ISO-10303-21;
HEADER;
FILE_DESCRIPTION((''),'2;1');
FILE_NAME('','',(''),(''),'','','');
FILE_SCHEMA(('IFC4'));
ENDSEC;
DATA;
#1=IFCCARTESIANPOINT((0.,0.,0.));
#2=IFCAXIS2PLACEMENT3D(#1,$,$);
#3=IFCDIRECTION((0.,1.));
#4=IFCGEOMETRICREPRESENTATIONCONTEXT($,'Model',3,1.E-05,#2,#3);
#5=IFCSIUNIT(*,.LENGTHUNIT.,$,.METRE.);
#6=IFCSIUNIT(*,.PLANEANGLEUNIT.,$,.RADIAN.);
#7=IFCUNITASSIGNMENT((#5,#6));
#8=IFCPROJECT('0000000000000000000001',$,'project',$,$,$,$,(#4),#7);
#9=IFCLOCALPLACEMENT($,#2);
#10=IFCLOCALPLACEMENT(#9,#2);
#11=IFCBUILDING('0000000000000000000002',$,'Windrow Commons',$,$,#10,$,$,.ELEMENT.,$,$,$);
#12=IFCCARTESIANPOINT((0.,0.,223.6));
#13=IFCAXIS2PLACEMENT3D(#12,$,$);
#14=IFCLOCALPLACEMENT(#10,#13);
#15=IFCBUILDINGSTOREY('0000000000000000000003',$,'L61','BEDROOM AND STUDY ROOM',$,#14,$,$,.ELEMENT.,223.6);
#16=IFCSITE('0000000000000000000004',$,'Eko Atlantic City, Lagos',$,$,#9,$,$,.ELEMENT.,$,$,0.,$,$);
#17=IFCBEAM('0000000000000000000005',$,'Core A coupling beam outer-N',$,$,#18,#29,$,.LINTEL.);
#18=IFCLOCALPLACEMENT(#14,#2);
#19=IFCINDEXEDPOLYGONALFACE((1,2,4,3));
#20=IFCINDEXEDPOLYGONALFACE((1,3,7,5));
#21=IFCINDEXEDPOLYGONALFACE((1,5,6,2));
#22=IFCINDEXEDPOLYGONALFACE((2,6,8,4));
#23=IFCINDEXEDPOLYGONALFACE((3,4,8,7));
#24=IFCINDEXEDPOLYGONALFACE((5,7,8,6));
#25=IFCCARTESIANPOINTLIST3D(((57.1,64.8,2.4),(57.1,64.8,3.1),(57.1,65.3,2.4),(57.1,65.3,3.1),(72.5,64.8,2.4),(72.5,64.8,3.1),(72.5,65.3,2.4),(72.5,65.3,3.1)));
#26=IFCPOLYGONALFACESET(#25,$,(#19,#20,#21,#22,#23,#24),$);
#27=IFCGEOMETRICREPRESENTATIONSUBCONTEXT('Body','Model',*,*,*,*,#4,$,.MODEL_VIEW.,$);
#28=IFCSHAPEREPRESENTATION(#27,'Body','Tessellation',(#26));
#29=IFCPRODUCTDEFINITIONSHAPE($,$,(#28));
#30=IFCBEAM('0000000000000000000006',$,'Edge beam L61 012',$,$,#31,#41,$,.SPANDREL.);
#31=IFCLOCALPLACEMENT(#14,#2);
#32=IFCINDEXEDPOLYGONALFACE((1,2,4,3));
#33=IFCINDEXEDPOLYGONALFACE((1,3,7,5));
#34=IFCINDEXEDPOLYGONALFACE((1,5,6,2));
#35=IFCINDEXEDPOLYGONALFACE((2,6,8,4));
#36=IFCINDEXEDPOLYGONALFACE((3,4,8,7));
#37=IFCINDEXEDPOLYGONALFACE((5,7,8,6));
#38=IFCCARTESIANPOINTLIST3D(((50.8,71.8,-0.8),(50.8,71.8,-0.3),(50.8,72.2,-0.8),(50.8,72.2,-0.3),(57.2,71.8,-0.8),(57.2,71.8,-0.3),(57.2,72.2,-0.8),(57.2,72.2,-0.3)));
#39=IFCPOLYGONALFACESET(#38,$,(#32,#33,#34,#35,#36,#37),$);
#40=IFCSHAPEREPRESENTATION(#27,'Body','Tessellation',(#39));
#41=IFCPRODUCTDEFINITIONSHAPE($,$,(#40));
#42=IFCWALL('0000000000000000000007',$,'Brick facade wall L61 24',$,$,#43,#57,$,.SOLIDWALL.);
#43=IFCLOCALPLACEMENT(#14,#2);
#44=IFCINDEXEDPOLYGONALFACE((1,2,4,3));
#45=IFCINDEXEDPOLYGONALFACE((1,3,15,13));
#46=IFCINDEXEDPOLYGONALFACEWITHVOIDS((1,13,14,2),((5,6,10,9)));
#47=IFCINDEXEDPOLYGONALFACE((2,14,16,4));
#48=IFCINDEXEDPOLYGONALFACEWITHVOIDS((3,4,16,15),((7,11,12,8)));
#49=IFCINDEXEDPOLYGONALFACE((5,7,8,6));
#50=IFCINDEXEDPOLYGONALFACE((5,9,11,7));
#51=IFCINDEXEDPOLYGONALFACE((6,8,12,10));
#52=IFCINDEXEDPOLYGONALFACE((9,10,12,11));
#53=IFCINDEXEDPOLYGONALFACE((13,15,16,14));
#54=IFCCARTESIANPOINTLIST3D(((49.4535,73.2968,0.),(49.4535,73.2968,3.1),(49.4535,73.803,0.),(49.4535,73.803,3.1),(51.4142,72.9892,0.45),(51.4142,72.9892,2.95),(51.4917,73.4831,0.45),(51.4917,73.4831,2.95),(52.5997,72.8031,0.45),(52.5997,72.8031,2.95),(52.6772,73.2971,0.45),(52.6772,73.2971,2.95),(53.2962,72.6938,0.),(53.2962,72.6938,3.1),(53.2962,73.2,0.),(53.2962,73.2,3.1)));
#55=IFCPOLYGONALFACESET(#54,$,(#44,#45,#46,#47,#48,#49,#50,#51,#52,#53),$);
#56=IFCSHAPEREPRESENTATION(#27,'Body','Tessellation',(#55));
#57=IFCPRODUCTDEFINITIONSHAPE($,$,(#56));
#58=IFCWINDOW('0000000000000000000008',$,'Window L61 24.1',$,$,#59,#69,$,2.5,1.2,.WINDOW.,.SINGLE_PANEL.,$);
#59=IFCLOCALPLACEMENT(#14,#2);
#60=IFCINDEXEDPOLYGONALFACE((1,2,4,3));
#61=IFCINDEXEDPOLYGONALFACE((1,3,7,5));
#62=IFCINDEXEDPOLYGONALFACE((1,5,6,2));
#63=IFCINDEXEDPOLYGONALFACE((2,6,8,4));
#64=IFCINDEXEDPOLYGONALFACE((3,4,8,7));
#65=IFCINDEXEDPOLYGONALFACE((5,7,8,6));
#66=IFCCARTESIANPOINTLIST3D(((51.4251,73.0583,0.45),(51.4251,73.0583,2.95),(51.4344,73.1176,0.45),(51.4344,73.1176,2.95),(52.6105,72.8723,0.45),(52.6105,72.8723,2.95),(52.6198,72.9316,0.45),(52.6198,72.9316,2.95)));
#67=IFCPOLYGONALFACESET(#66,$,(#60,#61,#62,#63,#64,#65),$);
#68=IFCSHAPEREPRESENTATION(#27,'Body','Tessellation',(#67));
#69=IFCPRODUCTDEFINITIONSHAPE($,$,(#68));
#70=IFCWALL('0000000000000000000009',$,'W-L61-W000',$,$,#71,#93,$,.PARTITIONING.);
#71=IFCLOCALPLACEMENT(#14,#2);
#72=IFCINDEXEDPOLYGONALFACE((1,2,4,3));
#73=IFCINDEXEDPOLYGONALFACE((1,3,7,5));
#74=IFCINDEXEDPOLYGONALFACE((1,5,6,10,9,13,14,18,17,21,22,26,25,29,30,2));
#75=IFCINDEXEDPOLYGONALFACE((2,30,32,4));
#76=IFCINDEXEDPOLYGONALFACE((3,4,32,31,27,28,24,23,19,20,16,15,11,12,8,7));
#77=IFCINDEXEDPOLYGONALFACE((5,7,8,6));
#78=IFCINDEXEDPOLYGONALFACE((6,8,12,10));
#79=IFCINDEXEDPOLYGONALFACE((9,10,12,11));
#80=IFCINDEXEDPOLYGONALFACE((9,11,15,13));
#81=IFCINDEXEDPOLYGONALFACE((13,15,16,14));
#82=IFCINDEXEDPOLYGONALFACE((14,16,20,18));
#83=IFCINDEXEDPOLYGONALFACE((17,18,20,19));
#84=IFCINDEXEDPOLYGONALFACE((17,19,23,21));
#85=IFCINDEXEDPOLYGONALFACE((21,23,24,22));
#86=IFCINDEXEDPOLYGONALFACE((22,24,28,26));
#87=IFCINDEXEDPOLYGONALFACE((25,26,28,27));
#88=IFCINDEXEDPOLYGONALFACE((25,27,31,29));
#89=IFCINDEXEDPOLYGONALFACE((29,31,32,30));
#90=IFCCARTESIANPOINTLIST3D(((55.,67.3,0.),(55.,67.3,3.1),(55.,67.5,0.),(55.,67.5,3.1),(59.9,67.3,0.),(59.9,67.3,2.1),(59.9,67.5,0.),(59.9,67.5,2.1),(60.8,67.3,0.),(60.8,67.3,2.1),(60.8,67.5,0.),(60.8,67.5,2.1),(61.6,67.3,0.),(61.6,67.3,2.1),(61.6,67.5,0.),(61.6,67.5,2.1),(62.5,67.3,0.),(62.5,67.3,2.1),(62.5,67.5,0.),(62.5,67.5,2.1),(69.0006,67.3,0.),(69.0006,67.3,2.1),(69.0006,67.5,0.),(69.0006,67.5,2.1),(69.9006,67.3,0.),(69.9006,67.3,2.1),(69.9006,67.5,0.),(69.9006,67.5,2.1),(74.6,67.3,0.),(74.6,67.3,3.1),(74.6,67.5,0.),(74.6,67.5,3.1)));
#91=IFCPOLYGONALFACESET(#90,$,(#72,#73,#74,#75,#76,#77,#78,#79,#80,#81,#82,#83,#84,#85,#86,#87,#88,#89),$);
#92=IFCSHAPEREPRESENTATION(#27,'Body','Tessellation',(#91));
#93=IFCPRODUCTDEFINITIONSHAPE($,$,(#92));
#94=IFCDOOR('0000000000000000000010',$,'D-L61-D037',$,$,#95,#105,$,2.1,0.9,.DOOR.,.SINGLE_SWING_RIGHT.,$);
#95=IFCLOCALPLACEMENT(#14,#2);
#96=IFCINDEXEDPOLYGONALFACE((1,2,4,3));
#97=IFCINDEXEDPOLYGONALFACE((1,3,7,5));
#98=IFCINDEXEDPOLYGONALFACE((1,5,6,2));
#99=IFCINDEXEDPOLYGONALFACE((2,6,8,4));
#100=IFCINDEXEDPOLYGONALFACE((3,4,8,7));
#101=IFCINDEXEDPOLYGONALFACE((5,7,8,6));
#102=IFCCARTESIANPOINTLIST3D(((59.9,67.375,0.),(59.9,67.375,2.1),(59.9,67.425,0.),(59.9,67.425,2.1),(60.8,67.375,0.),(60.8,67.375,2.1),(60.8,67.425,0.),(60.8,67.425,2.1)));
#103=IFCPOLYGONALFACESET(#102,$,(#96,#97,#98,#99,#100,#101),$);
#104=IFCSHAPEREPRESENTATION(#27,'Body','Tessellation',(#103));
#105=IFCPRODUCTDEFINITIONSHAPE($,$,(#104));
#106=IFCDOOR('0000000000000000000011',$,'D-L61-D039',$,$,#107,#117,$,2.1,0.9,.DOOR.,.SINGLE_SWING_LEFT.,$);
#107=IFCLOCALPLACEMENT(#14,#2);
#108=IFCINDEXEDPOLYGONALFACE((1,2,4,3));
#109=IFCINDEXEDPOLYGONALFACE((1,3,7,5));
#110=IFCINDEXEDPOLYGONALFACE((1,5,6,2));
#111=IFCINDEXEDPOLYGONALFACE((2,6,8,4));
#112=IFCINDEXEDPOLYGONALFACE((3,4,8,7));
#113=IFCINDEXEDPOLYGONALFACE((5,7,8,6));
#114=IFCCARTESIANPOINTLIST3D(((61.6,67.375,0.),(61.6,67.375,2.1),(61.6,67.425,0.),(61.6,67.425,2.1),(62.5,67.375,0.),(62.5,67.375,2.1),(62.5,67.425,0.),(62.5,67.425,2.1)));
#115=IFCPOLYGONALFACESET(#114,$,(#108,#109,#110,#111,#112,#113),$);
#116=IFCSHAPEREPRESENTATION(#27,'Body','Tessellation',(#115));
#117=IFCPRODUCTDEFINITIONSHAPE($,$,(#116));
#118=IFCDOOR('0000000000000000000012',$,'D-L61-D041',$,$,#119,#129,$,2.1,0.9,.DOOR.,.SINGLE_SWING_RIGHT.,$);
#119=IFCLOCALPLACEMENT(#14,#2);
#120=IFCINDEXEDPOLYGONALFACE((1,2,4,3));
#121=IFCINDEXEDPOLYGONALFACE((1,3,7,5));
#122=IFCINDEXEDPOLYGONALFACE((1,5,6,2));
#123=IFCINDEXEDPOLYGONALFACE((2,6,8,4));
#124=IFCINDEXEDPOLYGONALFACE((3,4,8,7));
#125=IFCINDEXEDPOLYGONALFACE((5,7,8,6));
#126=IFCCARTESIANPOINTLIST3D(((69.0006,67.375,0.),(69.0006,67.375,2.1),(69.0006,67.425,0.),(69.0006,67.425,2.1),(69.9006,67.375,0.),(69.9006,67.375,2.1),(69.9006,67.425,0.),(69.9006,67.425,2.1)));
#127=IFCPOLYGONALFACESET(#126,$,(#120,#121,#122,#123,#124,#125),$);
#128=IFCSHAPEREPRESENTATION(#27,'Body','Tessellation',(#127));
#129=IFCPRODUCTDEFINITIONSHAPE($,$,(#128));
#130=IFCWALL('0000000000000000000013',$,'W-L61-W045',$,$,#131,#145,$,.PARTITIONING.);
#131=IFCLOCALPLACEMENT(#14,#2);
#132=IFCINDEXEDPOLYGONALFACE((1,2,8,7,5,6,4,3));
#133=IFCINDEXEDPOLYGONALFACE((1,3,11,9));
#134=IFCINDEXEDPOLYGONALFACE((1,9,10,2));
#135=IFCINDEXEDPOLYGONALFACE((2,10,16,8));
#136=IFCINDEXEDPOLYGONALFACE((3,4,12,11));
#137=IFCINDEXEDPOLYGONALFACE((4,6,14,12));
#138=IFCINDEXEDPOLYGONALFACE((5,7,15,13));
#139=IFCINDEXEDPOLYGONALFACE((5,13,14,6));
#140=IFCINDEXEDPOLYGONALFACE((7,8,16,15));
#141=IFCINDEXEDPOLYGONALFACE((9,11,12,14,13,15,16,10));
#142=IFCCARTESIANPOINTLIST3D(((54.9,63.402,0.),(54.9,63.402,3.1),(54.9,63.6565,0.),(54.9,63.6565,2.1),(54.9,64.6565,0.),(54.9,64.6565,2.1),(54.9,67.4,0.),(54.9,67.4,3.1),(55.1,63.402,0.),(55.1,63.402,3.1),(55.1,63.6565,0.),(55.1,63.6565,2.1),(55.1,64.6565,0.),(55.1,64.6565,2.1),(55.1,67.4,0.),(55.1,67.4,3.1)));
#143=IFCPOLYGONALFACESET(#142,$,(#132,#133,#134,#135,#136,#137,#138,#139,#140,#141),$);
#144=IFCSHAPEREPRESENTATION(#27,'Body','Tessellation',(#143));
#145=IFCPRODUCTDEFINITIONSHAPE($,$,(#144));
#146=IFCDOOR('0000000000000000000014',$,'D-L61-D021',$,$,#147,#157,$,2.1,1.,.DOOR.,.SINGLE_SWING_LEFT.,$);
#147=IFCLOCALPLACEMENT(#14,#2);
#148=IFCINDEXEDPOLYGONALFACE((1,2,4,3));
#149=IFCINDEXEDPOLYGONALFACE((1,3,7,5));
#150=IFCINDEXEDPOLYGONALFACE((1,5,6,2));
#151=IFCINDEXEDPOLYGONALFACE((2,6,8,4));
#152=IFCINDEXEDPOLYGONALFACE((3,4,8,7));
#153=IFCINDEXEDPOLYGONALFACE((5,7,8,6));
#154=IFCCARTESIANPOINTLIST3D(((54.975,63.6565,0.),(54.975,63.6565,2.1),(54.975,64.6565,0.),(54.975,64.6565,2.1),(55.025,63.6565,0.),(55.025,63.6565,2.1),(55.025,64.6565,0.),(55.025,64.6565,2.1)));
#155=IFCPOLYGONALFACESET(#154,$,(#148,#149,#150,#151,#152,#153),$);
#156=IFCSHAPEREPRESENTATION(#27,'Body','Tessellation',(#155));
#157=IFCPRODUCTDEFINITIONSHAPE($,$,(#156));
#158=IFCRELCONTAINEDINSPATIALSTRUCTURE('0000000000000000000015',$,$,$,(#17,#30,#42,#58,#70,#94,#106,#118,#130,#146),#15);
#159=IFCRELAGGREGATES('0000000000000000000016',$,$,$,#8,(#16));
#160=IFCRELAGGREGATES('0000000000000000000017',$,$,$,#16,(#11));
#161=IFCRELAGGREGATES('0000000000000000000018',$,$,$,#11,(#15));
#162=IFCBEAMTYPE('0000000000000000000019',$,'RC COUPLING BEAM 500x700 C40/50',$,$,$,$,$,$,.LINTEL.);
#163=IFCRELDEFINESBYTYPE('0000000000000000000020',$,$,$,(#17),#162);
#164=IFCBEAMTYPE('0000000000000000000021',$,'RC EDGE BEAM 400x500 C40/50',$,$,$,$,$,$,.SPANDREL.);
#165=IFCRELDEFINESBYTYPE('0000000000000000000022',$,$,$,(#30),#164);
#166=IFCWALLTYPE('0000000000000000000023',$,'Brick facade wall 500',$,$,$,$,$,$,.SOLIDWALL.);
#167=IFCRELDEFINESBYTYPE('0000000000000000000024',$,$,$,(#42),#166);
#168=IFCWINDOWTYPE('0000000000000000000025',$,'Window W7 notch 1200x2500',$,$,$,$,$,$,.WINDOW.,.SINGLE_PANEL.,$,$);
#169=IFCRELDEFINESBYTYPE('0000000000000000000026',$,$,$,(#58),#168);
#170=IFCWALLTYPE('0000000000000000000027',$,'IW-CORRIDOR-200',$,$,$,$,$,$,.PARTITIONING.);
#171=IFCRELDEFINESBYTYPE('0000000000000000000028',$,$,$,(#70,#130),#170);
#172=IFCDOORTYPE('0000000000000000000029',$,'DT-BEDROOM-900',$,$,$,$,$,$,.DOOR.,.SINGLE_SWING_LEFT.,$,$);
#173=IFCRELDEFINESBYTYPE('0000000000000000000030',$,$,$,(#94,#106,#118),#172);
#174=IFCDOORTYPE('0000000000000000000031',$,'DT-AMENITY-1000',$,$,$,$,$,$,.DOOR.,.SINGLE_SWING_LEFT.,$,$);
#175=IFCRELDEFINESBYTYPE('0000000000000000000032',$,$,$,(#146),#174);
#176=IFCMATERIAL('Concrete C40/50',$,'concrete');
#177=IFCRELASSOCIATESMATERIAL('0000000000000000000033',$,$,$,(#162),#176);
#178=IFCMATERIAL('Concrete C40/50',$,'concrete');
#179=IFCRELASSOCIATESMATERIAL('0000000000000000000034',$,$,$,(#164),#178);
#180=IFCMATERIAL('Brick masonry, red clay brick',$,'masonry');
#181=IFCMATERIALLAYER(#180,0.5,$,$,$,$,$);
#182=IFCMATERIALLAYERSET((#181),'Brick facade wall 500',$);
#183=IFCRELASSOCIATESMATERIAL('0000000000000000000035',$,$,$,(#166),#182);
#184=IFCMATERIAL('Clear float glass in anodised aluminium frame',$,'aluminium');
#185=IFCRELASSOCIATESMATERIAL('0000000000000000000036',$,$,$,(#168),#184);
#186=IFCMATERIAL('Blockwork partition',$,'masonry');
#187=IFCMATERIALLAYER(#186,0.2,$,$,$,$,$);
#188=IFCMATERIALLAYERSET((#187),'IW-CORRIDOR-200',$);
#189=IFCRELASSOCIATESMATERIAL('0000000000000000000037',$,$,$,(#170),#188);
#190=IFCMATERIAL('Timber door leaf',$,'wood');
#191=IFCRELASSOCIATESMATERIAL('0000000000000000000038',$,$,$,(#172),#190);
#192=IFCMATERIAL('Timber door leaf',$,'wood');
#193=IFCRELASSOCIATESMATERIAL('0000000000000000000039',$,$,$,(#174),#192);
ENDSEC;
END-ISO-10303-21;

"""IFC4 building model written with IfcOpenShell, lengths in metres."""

from ifc_helpers import new_model, si_unit, direction, frame, frame_2d, origin, origin_2d, place, context, subcontext, project, spatial, polyline, rectangle, outline, extrude, material, layer, layer_set, material_profile, profile_set, type_object, element, fill, save


model = new_model("IFC4")

# Units and contexts
model_context = context("Model", 3, precision=1e-05, world=origin(), true_north=direction((0.0, 1.0)))
body_context = subcontext(model_context, "Body", "Model", "MODEL_VIEW")
ifc_project = project(units=[si_unit("LENGTHUNIT", "METRE"), si_unit("PLANEANGLEUNIT", "RADIAN")], contexts=[model_context])

# Site, building, storey
site_placement = place(None, origin())
site = spatial("IfcSite", under=ifc_project, at=site_placement, Name="Eko Atlantic City, Lagos", CompositionType="ELEMENT", RefElevation=0.0)
building_placement = place(site_placement, origin())
building = spatial("IfcBuilding", under=site, at=building_placement, Name="Windrow Commons", CompositionType="ELEMENT")
storey_placement = place(building_placement, frame((0.0, 0.0, 223.6)))
storey = spatial("IfcBuildingStorey", under=building, at=storey_placement, Name="L61", Description="BEDROOM AND STUDY ROOM", CompositionType="ELEMENT", Elevation=223.6)

# Beams
ifc_material_1 = material(Name="Concrete C40/50", Category="concrete")
ifc_material_profile_1 = material_profile(ifc_material_1, rectangle(XDim=0.5, YDim=0.7, at=origin_2d()))
ifc_profile_set_1 = profile_set([ifc_material_profile_1], Name="Concrete C40/50")
beam_type_1 = type_object("IfcBeamType", Name="RC COUPLING BEAM 500x700 C40/50", PredefinedType="LINTEL", material=ifc_profile_set_1)
beam_1_placement = place(storey_placement, frame((57.1, 65.05, 2.75), z_axis=(1.0, 0.0, 0.0), x_axis=(0.0, 1.0, 0.0)))
element("IfcBeam", 1, at=beam_1_placement, inside=storey, type_object=beam_type_1, Name="Core A coupling beam outer-N", PredefinedType="LINTEL", context=body_context, shape_type="SweptSolid", body=[
    extrude(rectangle(XDim=0.5, YDim=0.7, at=origin_2d()), origin(), (0.0, 0.0, 1.0), 15.4),
])
ifc_material_2 = material(Name="Concrete C40/50", Category="concrete")
ifc_material_profile_2 = material_profile(ifc_material_2, rectangle(XDim=0.4, YDim=0.5, at=origin_2d()))
ifc_profile_set_2 = profile_set([ifc_material_profile_2], Name="Concrete C40/50")
beam_type_2 = type_object("IfcBeamType", Name="RC EDGE BEAM 400x500 C40/50", PredefinedType="SPANDREL", material=ifc_profile_set_2)
beam_2_placement = place(storey_placement, frame((50.8, 72.0, -0.55), z_axis=(1.0, 0.0, 0.0), x_axis=(0.0, 1.0, 0.0)))
element("IfcBeam", 2, at=beam_2_placement, inside=storey, type_object=beam_type_2, Name="Edge beam L61 012", PredefinedType="SPANDREL", context=body_context, shape_type="SweptSolid", body=[
    extrude(rectangle(XDim=0.4, YDim=0.5, at=origin_2d()), origin(), (0.0, 0.0, 1.0), 6.4),
])

# Wall, opening, window
ifc_material_3 = material(Name="Brick masonry, red clay brick", Category="masonry")
ifc_layer_1 = layer(ifc_material_3, 0.5)
ifc_layer_set_1 = layer_set([ifc_layer_1], Name="Brick facade wall 500")
wall_type_1 = type_object("IfcWallType", Name="Brick facade wall 500", PredefinedType="SOLIDWALL", material=ifc_layer_set_1)
wall_1_placement = place(storey_placement, frame((53.2962, 72.9469, 0.0), z_axis=(0.0, 0.0, 1.0), x_axis=(-0.987911, 0.155024, 0.0)))
wall_1 = element("IfcWall", 3, at=wall_1_placement, inside=storey, type_object=wall_type_1, Name="Brick facade wall L61 24", PredefinedType="SOLIDWALL", context=body_context, shape_type="SweptSolid", body=[
    extrude(outline(polyline([(0.0392, -0.25), (3.929, -0.25), (3.8505, 0.25), (-0.0392, 0.25), (0.0392, -0.25)])), origin(), (0.0, 0.0, 1.0), 3.1),
])
opening_1_placement = place(wall_1_placement, frame((0.6658, 0.0, 0.45)))
opening_1 = element("IfcOpeningElement", 4, at=opening_1_placement, cuts=wall_1, PredefinedType="OPENING", context=body_context, shape_type="SweptSolid", body=[
    extrude(rectangle(XDim=1.2, YDim=2.5, at=frame_2d((0.6, 1.25))), frame((0.0, 0.26, 0.0), z_axis=(0.0, -1.0, 0.0), x_axis=(1.0, 0.0, 0.0)), (0.0, 0.0, 1.0), 0.52),
])
ifc_material_4 = material(Name="Clear float glass in anodised aluminium frame", Category="aluminium")
window_type = type_object("IfcWindowType", Name="Window W7 notch 1200x2500", PartitioningType="SINGLE_PANEL", PredefinedType="WINDOW", material=ifc_material_4)
window_placement = place(opening_1_placement, origin())
window = element("IfcWindow", 5, at=window_placement, inside=storey, type_object=window_type, Name="Window L61 24.1", OverallHeight=2.5, OverallWidth=1.2, PartitioningType="SINGLE_PANEL", PredefinedType="WINDOW", context=body_context, shape_type="SweptSolid", body=[
    extrude(rectangle(XDim=1.2, YDim=2.5, at=frame_2d((0.6, 1.25))), frame((0.0, 0.18, 0.0), z_axis=(0.0, -1.0, 0.0), x_axis=(1.0, 0.0, 0.0)), (0.0, 0.0, 1.0), 0.06),
])
fill(opening_1, window)

# Wall, openings, doors
ifc_material_5 = material(Name="Blockwork partition", Category="masonry")
ifc_layer_2 = layer(ifc_material_5, 0.2)
ifc_layer_set_2 = layer_set([ifc_layer_2], Name="IW-CORRIDOR-200")
wall_type_2 = type_object("IfcWallType", Name="IW-CORRIDOR-200", PredefinedType="PARTITIONING", material=ifc_layer_set_2)
wall_2_placement = place(storey_placement, frame((55.0, 67.4, 0.0), z_axis=(0.0, 0.0, 1.0), x_axis=(1.0, 0.0, 0.0)))
wall_2 = element("IfcWall", 6, at=wall_2_placement, inside=storey, type_object=wall_type_2, Name="W-L61-W000", PredefinedType="PARTITIONING", context=body_context, shape_type="SweptSolid", body=[
    extrude(rectangle(XDim=19.6, YDim=0.2, at=frame_2d((9.8, 0.0))), origin(), (0.0, 0.0, 1.0), 3.1),
])
opening_2_placement = place(wall_2_placement, frame((4.9, 0.0, 0.0)))
opening_2 = element("IfcOpeningElement", 7, at=opening_2_placement, cuts=wall_2, PredefinedType="OPENING", context=body_context, shape_type="SweptSolid", body=[
    extrude(rectangle(XDim=0.9, YDim=2.1, at=frame_2d((0.45, 1.05))), frame((0.0, 0.11, 0.0), z_axis=(0.0, -1.0, 0.0), x_axis=(1.0, 0.0, 0.0)), (0.0, 0.0, 1.0), 0.22),
])
opening_3_placement = place(wall_2_placement, frame((6.6, 0.0, 0.0)))
opening_3 = element("IfcOpeningElement", 8, at=opening_3_placement, cuts=wall_2, PredefinedType="OPENING", context=body_context, shape_type="SweptSolid", body=[
    extrude(rectangle(XDim=0.9, YDim=2.1, at=frame_2d((0.45, 1.05))), frame((0.0, 0.11, 0.0), z_axis=(0.0, -1.0, 0.0), x_axis=(1.0, 0.0, 0.0)), (0.0, 0.0, 1.0), 0.22),
])
opening_4_placement = place(wall_2_placement, frame((14.0006, 0.0, 0.0)))
opening_4 = element("IfcOpeningElement", 9, at=opening_4_placement, cuts=wall_2, PredefinedType="OPENING", context=body_context, shape_type="SweptSolid", body=[
    extrude(rectangle(XDim=0.9, YDim=2.1, at=frame_2d((0.45, 1.05))), frame((0.0, 0.11, 0.0), z_axis=(0.0, -1.0, 0.0), x_axis=(1.0, 0.0, 0.0)), (0.0, 0.0, 1.0), 0.22),
])
ifc_material_6 = material(Name="Timber door leaf", Category="wood")
door_type_1 = type_object("IfcDoorType", Name="DT-BEDROOM-900", OperationType="SINGLE_SWING_LEFT", PredefinedType="DOOR", material=ifc_material_6)
door_1_placement = place(opening_2_placement, origin())
door_1 = element("IfcDoor", 10, at=door_1_placement, inside=storey, type_object=door_type_1, Name="D-L61-D037", OperationType="SINGLE_SWING_RIGHT", OverallHeight=2.1, OverallWidth=0.9, PredefinedType="DOOR", context=body_context, shape_type="SweptSolid", body=[
    extrude(rectangle(XDim=0.9, YDim=2.1, at=frame_2d((0.45, 1.05))), frame((0.0, 0.025, 0.0), z_axis=(0.0, -1.0, 0.0), x_axis=(1.0, 0.0, 0.0)), (0.0, 0.0, 1.0), 0.05),
])
fill(opening_2, door_1)
door_2_placement = place(opening_3_placement, origin())
door_2 = element("IfcDoor", 11, at=door_2_placement, inside=storey, type_object=door_type_1, Name="D-L61-D039", OperationType="SINGLE_SWING_LEFT", OverallHeight=2.1, OverallWidth=0.9, PredefinedType="DOOR", context=body_context, shape_type="SweptSolid", body=[
    extrude(rectangle(XDim=0.9, YDim=2.1, at=frame_2d((0.45, 1.05))), frame((0.0, 0.025, 0.0), z_axis=(0.0, -1.0, 0.0), x_axis=(1.0, 0.0, 0.0)), (0.0, 0.0, 1.0), 0.05),
])
fill(opening_3, door_2)
door_3_placement = place(opening_4_placement, origin())
door_3 = element("IfcDoor", 12, at=door_3_placement, inside=storey, type_object=door_type_1, Name="D-L61-D041", OperationType="SINGLE_SWING_RIGHT", OverallHeight=2.1, OverallWidth=0.9, PredefinedType="DOOR", context=body_context, shape_type="SweptSolid", body=[
    extrude(rectangle(XDim=0.9, YDim=2.1, at=frame_2d((0.45, 1.05))), frame((0.0, 0.025, 0.0), z_axis=(0.0, -1.0, 0.0), x_axis=(1.0, 0.0, 0.0)), (0.0, 0.0, 1.0), 0.05),
])
fill(opening_4, door_3)

# Wall, opening, door
wall_3_placement = place(storey_placement, frame((55.0, 63.402, 0.0), z_axis=(0.0, 0.0, 1.0), x_axis=(0.0, 1.0, 0.0)))
wall_3 = element("IfcWall", 13, at=wall_3_placement, inside=storey, type_object=wall_type_2, Name="W-L61-W045", PredefinedType="PARTITIONING", context=body_context, shape_type="SweptSolid", body=[
    extrude(rectangle(XDim=3.998, YDim=0.2, at=frame_2d((1.999, 0.0))), origin(), (0.0, 0.0, 1.0), 3.1),
])
opening_5_placement = place(wall_3_placement, frame((0.2545, 0.0, 0.0)))
opening_5 = element("IfcOpeningElement", 14, at=opening_5_placement, cuts=wall_3, PredefinedType="OPENING", context=body_context, shape_type="SweptSolid", body=[
    extrude(rectangle(XDim=1.0, YDim=2.1, at=frame_2d((0.5, 1.05))), frame((0.0, 0.11, 0.0), z_axis=(0.0, -1.0, 0.0), x_axis=(1.0, 0.0, 0.0)), (0.0, 0.0, 1.0), 0.22),
])
ifc_material_7 = material(Name="Timber door leaf", Category="wood")
door_type_2 = type_object("IfcDoorType", Name="DT-AMENITY-1000", OperationType="SINGLE_SWING_LEFT", PredefinedType="DOOR", material=ifc_material_7)
door_4_placement = place(opening_5_placement, origin())
door_4 = element("IfcDoor", 15, at=door_4_placement, inside=storey, type_object=door_type_2, Name="D-L61-D021", OperationType="SINGLE_SWING_LEFT", OverallHeight=2.1, OverallWidth=1.0, PredefinedType="DOOR", context=body_context, shape_type="SweptSolid", body=[
    extrude(rectangle(XDim=1.0, YDim=2.1, at=frame_2d((0.5, 1.05))), frame((0.0, 0.025, 0.0), z_axis=(0.0, -1.0, 0.0), x_axis=(1.0, 0.0, 0.0)), (0.0, 0.0, 1.0), 0.05),
])
fill(opening_5, door_4)

save(model, "model.ifc")
